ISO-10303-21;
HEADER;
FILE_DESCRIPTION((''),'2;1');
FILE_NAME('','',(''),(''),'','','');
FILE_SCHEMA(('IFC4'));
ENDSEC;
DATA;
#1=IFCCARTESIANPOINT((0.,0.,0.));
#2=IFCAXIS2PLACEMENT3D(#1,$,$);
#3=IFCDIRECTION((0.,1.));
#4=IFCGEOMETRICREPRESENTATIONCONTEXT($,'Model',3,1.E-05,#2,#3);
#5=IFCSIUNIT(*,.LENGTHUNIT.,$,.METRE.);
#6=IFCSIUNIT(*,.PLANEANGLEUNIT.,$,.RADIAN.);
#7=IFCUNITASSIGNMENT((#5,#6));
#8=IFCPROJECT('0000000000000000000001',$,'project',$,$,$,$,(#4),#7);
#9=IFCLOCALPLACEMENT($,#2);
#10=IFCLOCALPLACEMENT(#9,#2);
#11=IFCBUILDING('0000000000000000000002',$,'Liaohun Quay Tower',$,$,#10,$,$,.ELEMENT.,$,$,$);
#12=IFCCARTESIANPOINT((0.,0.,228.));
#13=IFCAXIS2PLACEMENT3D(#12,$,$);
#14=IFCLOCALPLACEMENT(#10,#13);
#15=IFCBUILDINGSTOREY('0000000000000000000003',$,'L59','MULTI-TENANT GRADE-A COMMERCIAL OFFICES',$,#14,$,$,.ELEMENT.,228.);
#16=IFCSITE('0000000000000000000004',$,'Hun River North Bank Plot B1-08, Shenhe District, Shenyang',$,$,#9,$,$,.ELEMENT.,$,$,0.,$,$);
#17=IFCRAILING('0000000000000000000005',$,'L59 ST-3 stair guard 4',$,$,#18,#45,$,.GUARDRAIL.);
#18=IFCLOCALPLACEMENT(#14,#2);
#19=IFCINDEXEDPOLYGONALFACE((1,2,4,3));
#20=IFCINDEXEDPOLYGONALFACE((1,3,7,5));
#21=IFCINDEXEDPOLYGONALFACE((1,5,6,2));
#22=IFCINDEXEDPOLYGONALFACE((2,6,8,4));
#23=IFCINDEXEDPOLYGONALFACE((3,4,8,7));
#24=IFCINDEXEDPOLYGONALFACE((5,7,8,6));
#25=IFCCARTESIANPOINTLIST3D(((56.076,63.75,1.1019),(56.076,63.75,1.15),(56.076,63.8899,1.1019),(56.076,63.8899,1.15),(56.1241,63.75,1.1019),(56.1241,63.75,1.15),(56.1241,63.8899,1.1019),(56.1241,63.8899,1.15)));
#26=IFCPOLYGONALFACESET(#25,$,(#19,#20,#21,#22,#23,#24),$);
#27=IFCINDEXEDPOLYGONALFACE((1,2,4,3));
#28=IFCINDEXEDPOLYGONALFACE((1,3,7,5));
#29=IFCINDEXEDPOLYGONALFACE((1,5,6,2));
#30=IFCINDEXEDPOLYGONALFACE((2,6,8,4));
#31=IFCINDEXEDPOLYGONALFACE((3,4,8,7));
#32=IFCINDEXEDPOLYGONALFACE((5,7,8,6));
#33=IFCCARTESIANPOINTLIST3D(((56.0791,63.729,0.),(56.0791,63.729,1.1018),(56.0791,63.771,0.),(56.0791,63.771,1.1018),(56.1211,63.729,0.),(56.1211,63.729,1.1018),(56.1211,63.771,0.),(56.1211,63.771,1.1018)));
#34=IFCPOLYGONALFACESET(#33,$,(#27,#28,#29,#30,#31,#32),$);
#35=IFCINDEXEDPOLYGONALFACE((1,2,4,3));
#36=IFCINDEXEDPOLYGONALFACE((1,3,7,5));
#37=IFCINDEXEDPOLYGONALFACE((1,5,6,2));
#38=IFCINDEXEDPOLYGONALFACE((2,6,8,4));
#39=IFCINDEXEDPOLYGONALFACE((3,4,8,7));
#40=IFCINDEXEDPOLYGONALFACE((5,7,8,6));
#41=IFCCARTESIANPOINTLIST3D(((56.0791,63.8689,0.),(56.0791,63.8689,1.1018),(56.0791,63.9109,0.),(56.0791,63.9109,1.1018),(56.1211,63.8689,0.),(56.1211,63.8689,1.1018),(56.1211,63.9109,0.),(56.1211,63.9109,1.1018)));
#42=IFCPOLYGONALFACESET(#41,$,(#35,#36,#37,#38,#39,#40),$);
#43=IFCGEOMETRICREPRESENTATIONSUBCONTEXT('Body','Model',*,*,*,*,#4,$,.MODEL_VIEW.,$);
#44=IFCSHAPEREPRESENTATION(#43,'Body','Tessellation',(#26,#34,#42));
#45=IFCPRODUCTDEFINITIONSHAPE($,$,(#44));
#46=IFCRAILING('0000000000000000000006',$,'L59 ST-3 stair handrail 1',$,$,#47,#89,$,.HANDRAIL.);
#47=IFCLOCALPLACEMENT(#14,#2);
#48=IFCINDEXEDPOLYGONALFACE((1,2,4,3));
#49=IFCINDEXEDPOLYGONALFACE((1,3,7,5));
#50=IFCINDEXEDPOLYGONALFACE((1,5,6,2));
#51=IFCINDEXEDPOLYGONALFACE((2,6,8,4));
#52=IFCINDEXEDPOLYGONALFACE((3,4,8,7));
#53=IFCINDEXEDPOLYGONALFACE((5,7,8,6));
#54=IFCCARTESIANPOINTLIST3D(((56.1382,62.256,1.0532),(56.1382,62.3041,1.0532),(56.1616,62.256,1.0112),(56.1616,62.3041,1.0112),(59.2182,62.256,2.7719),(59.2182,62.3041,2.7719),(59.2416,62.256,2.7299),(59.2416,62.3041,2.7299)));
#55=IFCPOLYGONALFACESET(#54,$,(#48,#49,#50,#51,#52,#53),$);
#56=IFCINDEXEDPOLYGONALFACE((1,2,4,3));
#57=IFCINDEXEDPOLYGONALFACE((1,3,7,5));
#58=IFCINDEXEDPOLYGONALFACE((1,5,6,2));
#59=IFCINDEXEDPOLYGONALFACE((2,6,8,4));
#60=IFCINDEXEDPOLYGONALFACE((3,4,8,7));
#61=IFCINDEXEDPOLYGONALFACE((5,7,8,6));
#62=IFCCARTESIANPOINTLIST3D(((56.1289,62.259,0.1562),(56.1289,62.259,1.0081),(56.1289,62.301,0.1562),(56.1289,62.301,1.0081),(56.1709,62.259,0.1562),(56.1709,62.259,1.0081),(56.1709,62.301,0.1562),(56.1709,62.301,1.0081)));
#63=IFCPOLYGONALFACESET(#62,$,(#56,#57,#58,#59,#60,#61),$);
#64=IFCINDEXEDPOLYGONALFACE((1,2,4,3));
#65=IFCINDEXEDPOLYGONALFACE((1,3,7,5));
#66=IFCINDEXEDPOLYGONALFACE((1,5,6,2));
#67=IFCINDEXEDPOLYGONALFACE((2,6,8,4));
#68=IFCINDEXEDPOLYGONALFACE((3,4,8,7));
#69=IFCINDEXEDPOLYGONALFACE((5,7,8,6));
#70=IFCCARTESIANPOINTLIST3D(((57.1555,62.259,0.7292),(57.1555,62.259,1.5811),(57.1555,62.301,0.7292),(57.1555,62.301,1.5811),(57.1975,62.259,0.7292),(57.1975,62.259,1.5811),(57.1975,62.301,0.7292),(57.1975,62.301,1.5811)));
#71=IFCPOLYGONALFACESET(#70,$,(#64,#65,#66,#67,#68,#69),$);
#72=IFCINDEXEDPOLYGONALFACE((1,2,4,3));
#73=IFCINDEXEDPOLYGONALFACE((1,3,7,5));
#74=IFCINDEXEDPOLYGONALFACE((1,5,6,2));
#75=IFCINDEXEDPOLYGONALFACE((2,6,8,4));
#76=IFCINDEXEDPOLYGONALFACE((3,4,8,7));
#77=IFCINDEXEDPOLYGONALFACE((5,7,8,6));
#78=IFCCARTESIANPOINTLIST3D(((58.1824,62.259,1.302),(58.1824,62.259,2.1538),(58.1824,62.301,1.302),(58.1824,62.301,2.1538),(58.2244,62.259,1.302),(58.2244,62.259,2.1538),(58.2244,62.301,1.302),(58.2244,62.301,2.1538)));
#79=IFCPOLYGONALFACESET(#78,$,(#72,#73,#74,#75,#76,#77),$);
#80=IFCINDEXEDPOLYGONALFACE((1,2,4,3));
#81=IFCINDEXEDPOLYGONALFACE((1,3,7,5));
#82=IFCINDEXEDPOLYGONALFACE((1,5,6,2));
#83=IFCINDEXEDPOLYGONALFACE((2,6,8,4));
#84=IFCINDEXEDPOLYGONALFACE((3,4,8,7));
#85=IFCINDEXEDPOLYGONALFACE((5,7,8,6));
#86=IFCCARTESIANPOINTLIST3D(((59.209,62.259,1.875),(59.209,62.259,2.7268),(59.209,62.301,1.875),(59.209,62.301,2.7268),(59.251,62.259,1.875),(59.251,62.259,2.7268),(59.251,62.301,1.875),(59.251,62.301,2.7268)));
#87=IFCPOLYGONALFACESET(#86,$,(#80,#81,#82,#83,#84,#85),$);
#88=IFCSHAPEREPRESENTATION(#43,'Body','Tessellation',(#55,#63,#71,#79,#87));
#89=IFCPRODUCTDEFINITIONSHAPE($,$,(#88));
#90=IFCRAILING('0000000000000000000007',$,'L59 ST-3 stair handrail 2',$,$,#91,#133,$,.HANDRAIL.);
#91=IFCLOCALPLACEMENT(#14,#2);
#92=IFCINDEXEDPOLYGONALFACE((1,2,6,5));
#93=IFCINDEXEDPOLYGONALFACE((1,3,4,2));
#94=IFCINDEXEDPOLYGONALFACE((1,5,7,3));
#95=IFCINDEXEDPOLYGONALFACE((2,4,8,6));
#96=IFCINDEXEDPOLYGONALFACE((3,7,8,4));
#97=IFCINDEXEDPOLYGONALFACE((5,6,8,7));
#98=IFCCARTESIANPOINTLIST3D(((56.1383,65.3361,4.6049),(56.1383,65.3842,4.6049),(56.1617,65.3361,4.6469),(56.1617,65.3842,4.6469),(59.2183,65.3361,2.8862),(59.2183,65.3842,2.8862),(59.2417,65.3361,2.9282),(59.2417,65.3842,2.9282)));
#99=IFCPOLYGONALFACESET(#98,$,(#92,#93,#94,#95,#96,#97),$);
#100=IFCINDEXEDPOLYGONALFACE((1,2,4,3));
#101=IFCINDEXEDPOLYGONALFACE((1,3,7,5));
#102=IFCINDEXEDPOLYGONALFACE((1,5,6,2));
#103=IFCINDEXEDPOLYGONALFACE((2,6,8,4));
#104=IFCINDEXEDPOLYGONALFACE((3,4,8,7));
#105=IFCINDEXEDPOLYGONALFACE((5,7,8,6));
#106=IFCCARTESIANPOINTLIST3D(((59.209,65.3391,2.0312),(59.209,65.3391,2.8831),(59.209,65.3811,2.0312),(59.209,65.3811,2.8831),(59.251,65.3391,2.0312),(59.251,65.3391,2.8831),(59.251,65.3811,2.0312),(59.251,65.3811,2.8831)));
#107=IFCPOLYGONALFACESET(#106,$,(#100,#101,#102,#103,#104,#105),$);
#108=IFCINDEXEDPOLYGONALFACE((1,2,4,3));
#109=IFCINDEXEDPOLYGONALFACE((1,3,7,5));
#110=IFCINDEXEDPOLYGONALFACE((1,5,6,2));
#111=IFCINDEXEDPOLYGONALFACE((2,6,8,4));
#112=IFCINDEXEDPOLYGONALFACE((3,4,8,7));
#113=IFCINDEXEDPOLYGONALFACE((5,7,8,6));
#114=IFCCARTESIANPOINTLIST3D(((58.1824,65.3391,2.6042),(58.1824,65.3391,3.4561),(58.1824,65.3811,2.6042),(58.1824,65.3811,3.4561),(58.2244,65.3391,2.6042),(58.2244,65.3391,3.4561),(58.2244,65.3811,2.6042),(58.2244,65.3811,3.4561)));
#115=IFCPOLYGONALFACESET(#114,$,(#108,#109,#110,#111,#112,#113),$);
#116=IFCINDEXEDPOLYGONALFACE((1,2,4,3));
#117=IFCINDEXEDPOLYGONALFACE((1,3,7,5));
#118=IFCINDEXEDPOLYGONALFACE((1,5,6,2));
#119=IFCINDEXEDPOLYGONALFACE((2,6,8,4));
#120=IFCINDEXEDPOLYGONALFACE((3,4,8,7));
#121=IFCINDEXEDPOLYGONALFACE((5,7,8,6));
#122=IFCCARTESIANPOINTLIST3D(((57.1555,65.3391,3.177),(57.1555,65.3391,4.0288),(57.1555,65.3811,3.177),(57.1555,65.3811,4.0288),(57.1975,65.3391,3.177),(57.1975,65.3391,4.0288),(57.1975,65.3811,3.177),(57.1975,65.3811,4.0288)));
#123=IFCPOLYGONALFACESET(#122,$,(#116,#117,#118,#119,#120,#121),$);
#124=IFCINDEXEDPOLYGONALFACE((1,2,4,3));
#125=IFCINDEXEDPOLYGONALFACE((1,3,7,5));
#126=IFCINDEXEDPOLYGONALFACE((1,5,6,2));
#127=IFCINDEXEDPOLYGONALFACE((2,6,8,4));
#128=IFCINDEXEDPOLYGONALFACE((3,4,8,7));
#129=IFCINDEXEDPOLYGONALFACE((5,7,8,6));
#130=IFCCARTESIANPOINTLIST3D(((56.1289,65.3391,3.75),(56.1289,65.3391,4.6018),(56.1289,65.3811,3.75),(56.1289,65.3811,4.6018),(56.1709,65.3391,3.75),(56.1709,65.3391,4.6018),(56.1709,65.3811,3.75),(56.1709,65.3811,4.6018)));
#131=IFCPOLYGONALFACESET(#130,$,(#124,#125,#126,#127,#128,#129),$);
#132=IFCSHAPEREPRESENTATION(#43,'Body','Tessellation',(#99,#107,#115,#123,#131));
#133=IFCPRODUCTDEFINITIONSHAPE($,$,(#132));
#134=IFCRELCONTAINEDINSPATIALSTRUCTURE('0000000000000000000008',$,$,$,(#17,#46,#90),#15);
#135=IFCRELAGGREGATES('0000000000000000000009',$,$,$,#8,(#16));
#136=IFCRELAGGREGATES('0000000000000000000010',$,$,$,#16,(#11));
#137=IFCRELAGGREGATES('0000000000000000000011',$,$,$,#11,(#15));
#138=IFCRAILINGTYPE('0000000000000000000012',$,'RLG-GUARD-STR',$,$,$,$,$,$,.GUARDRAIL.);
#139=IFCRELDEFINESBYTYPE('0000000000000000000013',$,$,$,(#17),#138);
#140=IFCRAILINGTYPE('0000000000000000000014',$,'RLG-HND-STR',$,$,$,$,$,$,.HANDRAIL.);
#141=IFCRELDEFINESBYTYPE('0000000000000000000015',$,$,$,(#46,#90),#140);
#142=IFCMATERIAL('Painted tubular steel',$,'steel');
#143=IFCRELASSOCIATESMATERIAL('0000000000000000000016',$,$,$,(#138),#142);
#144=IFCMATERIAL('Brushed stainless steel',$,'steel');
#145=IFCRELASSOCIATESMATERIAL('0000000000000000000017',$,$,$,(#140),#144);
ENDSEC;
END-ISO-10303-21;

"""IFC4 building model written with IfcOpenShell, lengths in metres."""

from ifc_helpers import new_model, si_unit, direction, frame, origin, origin_2d, place, context, subcontext, project, spatial, rectangle, extrude, material, type_object, element, save


model = new_model("IFC4")

# Units and contexts
model_context = context("Model", 3, precision=1e-05, world=origin(), true_north=direction((0.0, 1.0)))
body_context = subcontext(model_context, "Body", "Model", "MODEL_VIEW")
ifc_project = project(units=[si_unit("LENGTHUNIT", "METRE"), si_unit("PLANEANGLEUNIT", "RADIAN")], contexts=[model_context])

# Site, building, storey
site_placement = place(None, origin())
site = spatial("IfcSite", under=ifc_project, at=site_placement, Name="Hun River North Bank Plot B1-08, Shenhe District, Shenyang", CompositionType="ELEMENT", RefElevation=0.0)
building_placement = place(site_placement, origin())
building = spatial("IfcBuilding", under=site, at=building_placement, Name="Liaohun Quay Tower", CompositionType="ELEMENT")
storey_placement = place(building_placement, frame((0.0, 0.0, 228.0)))
storey = spatial("IfcBuildingStorey", under=building, at=storey_placement, Name="L59", Description="MULTI-TENANT GRADE-A COMMERCIAL OFFICES", CompositionType="ELEMENT", Elevation=228.0)

# Railings
ifc_material_1 = material(Name="Painted tubular steel", Category="steel")
railing_type_1 = type_object("IfcRailingType", Name="RLG-GUARD-STR", PredefinedType="GUARDRAIL", material=ifc_material_1)
railing_1_placement = place(storey_placement, frame((56.1001, 63.75, 0.0)))
element("IfcRailing", 1, at=railing_1_placement, inside=storey, type_object=railing_type_1, Name="L59 ST-3 stair guard 4", PredefinedType="GUARDRAIL", context=body_context, shape_type="SweptSolid", body=[
    extrude(rectangle(XDim=0.0481, YDim=0.0481, at=origin_2d()), frame((0.0, 0.0, 1.126), z_axis=(0.0, 1.0, 0.0), x_axis=(-1.0, 0.0, 0.0)), (0.0, 0.0, 1.0), 0.1399),
    extrude(rectangle(XDim=0.042, YDim=0.042, at=origin_2d()), origin(), (0.0, 0.0, 1.0), 1.1018),
    extrude(rectangle(XDim=0.042, YDim=0.042, at=origin_2d()), frame((0.0, 0.1399, 0.0)), (0.0, 0.0, 1.0), 1.1018),
])
ifc_material_2 = material(Name="Brushed stainless steel", Category="steel")
railing_type_2 = type_object("IfcRailingType", Name="RLG-HND-STR", PredefinedType="HANDRAIL", material=ifc_material_2)
railing_2_placement = place(storey_placement, frame((56.1499, 62.28, 0.1562)))
element("IfcRailing", 2, at=railing_2_placement, inside=storey, type_object=railing_type_2, Name="L59 ST-3 stair handrail 1", PredefinedType="HANDRAIL", context=body_context, shape_type="SweptSolid", body=[
    extrude(rectangle(XDim=0.0481, YDim=0.0481, at=origin_2d()), frame((0.0, 0.0, 0.876), z_axis=(0.873242, 0.0, 0.487288), x_axis=(0.0, 1.0, 0.0)), (0.0, 0.0, 1.0), 3.5271),
    extrude(rectangle(XDim=0.042, YDim=0.042, at=origin_2d()), origin(), (0.0, 0.0, 1.0), 0.8518),
    extrude(rectangle(XDim=0.042, YDim=0.042, at=origin_2d()), frame((1.0266, 0.0, 0.573)), (0.0, 0.0, 1.0), 0.8518),
    extrude(rectangle(XDim=0.042, YDim=0.042, at=origin_2d()), frame((2.0535, 0.0, 1.1458)), (0.0, 0.0, 1.0), 0.8518),
    extrude(rectangle(XDim=0.042, YDim=0.042, at=origin_2d()), frame((3.0801, 0.0, 1.7188)), (0.0, 0.0, 1.0), 0.8518),
])
railing_3_placement = place(storey_placement, frame((59.23, 65.3601, 2.0312)))
element("IfcRailing", 3, at=railing_3_placement, inside=storey, type_object=railing_type_2, Name="L59 ST-3 stair handrail 2", PredefinedType="HANDRAIL", context=body_context, shape_type="SweptSolid", body=[
    extrude(rectangle(XDim=0.0481, YDim=0.0481, at=origin_2d()), frame((0.0, 0.0, 0.876), z_axis=(-0.873242, 0.0, 0.487288), x_axis=(0.0, -1.0, 0.0)), (0.0, 0.0, 1.0), 3.5271),
    extrude(rectangle(XDim=0.042, YDim=0.042, at=origin_2d()), origin(), (0.0, 0.0, 1.0), 0.8518),
    extrude(rectangle(XDim=0.042, YDim=0.042, at=origin_2d()), frame((-1.0266, 0.0, 0.573)), (0.0, 0.0, 1.0), 0.8518),
    extrude(rectangle(XDim=0.042, YDim=0.042, at=origin_2d()), frame((-2.0535, 0.0, 1.1458)), (0.0, 0.0, 1.0), 0.8518),
    extrude(rectangle(XDim=0.042, YDim=0.042, at=origin_2d()), frame((-3.0801, 0.0, 1.7188)), (0.0, 0.0, 1.0), 0.8518),
])

save(model, "model.ifc")
